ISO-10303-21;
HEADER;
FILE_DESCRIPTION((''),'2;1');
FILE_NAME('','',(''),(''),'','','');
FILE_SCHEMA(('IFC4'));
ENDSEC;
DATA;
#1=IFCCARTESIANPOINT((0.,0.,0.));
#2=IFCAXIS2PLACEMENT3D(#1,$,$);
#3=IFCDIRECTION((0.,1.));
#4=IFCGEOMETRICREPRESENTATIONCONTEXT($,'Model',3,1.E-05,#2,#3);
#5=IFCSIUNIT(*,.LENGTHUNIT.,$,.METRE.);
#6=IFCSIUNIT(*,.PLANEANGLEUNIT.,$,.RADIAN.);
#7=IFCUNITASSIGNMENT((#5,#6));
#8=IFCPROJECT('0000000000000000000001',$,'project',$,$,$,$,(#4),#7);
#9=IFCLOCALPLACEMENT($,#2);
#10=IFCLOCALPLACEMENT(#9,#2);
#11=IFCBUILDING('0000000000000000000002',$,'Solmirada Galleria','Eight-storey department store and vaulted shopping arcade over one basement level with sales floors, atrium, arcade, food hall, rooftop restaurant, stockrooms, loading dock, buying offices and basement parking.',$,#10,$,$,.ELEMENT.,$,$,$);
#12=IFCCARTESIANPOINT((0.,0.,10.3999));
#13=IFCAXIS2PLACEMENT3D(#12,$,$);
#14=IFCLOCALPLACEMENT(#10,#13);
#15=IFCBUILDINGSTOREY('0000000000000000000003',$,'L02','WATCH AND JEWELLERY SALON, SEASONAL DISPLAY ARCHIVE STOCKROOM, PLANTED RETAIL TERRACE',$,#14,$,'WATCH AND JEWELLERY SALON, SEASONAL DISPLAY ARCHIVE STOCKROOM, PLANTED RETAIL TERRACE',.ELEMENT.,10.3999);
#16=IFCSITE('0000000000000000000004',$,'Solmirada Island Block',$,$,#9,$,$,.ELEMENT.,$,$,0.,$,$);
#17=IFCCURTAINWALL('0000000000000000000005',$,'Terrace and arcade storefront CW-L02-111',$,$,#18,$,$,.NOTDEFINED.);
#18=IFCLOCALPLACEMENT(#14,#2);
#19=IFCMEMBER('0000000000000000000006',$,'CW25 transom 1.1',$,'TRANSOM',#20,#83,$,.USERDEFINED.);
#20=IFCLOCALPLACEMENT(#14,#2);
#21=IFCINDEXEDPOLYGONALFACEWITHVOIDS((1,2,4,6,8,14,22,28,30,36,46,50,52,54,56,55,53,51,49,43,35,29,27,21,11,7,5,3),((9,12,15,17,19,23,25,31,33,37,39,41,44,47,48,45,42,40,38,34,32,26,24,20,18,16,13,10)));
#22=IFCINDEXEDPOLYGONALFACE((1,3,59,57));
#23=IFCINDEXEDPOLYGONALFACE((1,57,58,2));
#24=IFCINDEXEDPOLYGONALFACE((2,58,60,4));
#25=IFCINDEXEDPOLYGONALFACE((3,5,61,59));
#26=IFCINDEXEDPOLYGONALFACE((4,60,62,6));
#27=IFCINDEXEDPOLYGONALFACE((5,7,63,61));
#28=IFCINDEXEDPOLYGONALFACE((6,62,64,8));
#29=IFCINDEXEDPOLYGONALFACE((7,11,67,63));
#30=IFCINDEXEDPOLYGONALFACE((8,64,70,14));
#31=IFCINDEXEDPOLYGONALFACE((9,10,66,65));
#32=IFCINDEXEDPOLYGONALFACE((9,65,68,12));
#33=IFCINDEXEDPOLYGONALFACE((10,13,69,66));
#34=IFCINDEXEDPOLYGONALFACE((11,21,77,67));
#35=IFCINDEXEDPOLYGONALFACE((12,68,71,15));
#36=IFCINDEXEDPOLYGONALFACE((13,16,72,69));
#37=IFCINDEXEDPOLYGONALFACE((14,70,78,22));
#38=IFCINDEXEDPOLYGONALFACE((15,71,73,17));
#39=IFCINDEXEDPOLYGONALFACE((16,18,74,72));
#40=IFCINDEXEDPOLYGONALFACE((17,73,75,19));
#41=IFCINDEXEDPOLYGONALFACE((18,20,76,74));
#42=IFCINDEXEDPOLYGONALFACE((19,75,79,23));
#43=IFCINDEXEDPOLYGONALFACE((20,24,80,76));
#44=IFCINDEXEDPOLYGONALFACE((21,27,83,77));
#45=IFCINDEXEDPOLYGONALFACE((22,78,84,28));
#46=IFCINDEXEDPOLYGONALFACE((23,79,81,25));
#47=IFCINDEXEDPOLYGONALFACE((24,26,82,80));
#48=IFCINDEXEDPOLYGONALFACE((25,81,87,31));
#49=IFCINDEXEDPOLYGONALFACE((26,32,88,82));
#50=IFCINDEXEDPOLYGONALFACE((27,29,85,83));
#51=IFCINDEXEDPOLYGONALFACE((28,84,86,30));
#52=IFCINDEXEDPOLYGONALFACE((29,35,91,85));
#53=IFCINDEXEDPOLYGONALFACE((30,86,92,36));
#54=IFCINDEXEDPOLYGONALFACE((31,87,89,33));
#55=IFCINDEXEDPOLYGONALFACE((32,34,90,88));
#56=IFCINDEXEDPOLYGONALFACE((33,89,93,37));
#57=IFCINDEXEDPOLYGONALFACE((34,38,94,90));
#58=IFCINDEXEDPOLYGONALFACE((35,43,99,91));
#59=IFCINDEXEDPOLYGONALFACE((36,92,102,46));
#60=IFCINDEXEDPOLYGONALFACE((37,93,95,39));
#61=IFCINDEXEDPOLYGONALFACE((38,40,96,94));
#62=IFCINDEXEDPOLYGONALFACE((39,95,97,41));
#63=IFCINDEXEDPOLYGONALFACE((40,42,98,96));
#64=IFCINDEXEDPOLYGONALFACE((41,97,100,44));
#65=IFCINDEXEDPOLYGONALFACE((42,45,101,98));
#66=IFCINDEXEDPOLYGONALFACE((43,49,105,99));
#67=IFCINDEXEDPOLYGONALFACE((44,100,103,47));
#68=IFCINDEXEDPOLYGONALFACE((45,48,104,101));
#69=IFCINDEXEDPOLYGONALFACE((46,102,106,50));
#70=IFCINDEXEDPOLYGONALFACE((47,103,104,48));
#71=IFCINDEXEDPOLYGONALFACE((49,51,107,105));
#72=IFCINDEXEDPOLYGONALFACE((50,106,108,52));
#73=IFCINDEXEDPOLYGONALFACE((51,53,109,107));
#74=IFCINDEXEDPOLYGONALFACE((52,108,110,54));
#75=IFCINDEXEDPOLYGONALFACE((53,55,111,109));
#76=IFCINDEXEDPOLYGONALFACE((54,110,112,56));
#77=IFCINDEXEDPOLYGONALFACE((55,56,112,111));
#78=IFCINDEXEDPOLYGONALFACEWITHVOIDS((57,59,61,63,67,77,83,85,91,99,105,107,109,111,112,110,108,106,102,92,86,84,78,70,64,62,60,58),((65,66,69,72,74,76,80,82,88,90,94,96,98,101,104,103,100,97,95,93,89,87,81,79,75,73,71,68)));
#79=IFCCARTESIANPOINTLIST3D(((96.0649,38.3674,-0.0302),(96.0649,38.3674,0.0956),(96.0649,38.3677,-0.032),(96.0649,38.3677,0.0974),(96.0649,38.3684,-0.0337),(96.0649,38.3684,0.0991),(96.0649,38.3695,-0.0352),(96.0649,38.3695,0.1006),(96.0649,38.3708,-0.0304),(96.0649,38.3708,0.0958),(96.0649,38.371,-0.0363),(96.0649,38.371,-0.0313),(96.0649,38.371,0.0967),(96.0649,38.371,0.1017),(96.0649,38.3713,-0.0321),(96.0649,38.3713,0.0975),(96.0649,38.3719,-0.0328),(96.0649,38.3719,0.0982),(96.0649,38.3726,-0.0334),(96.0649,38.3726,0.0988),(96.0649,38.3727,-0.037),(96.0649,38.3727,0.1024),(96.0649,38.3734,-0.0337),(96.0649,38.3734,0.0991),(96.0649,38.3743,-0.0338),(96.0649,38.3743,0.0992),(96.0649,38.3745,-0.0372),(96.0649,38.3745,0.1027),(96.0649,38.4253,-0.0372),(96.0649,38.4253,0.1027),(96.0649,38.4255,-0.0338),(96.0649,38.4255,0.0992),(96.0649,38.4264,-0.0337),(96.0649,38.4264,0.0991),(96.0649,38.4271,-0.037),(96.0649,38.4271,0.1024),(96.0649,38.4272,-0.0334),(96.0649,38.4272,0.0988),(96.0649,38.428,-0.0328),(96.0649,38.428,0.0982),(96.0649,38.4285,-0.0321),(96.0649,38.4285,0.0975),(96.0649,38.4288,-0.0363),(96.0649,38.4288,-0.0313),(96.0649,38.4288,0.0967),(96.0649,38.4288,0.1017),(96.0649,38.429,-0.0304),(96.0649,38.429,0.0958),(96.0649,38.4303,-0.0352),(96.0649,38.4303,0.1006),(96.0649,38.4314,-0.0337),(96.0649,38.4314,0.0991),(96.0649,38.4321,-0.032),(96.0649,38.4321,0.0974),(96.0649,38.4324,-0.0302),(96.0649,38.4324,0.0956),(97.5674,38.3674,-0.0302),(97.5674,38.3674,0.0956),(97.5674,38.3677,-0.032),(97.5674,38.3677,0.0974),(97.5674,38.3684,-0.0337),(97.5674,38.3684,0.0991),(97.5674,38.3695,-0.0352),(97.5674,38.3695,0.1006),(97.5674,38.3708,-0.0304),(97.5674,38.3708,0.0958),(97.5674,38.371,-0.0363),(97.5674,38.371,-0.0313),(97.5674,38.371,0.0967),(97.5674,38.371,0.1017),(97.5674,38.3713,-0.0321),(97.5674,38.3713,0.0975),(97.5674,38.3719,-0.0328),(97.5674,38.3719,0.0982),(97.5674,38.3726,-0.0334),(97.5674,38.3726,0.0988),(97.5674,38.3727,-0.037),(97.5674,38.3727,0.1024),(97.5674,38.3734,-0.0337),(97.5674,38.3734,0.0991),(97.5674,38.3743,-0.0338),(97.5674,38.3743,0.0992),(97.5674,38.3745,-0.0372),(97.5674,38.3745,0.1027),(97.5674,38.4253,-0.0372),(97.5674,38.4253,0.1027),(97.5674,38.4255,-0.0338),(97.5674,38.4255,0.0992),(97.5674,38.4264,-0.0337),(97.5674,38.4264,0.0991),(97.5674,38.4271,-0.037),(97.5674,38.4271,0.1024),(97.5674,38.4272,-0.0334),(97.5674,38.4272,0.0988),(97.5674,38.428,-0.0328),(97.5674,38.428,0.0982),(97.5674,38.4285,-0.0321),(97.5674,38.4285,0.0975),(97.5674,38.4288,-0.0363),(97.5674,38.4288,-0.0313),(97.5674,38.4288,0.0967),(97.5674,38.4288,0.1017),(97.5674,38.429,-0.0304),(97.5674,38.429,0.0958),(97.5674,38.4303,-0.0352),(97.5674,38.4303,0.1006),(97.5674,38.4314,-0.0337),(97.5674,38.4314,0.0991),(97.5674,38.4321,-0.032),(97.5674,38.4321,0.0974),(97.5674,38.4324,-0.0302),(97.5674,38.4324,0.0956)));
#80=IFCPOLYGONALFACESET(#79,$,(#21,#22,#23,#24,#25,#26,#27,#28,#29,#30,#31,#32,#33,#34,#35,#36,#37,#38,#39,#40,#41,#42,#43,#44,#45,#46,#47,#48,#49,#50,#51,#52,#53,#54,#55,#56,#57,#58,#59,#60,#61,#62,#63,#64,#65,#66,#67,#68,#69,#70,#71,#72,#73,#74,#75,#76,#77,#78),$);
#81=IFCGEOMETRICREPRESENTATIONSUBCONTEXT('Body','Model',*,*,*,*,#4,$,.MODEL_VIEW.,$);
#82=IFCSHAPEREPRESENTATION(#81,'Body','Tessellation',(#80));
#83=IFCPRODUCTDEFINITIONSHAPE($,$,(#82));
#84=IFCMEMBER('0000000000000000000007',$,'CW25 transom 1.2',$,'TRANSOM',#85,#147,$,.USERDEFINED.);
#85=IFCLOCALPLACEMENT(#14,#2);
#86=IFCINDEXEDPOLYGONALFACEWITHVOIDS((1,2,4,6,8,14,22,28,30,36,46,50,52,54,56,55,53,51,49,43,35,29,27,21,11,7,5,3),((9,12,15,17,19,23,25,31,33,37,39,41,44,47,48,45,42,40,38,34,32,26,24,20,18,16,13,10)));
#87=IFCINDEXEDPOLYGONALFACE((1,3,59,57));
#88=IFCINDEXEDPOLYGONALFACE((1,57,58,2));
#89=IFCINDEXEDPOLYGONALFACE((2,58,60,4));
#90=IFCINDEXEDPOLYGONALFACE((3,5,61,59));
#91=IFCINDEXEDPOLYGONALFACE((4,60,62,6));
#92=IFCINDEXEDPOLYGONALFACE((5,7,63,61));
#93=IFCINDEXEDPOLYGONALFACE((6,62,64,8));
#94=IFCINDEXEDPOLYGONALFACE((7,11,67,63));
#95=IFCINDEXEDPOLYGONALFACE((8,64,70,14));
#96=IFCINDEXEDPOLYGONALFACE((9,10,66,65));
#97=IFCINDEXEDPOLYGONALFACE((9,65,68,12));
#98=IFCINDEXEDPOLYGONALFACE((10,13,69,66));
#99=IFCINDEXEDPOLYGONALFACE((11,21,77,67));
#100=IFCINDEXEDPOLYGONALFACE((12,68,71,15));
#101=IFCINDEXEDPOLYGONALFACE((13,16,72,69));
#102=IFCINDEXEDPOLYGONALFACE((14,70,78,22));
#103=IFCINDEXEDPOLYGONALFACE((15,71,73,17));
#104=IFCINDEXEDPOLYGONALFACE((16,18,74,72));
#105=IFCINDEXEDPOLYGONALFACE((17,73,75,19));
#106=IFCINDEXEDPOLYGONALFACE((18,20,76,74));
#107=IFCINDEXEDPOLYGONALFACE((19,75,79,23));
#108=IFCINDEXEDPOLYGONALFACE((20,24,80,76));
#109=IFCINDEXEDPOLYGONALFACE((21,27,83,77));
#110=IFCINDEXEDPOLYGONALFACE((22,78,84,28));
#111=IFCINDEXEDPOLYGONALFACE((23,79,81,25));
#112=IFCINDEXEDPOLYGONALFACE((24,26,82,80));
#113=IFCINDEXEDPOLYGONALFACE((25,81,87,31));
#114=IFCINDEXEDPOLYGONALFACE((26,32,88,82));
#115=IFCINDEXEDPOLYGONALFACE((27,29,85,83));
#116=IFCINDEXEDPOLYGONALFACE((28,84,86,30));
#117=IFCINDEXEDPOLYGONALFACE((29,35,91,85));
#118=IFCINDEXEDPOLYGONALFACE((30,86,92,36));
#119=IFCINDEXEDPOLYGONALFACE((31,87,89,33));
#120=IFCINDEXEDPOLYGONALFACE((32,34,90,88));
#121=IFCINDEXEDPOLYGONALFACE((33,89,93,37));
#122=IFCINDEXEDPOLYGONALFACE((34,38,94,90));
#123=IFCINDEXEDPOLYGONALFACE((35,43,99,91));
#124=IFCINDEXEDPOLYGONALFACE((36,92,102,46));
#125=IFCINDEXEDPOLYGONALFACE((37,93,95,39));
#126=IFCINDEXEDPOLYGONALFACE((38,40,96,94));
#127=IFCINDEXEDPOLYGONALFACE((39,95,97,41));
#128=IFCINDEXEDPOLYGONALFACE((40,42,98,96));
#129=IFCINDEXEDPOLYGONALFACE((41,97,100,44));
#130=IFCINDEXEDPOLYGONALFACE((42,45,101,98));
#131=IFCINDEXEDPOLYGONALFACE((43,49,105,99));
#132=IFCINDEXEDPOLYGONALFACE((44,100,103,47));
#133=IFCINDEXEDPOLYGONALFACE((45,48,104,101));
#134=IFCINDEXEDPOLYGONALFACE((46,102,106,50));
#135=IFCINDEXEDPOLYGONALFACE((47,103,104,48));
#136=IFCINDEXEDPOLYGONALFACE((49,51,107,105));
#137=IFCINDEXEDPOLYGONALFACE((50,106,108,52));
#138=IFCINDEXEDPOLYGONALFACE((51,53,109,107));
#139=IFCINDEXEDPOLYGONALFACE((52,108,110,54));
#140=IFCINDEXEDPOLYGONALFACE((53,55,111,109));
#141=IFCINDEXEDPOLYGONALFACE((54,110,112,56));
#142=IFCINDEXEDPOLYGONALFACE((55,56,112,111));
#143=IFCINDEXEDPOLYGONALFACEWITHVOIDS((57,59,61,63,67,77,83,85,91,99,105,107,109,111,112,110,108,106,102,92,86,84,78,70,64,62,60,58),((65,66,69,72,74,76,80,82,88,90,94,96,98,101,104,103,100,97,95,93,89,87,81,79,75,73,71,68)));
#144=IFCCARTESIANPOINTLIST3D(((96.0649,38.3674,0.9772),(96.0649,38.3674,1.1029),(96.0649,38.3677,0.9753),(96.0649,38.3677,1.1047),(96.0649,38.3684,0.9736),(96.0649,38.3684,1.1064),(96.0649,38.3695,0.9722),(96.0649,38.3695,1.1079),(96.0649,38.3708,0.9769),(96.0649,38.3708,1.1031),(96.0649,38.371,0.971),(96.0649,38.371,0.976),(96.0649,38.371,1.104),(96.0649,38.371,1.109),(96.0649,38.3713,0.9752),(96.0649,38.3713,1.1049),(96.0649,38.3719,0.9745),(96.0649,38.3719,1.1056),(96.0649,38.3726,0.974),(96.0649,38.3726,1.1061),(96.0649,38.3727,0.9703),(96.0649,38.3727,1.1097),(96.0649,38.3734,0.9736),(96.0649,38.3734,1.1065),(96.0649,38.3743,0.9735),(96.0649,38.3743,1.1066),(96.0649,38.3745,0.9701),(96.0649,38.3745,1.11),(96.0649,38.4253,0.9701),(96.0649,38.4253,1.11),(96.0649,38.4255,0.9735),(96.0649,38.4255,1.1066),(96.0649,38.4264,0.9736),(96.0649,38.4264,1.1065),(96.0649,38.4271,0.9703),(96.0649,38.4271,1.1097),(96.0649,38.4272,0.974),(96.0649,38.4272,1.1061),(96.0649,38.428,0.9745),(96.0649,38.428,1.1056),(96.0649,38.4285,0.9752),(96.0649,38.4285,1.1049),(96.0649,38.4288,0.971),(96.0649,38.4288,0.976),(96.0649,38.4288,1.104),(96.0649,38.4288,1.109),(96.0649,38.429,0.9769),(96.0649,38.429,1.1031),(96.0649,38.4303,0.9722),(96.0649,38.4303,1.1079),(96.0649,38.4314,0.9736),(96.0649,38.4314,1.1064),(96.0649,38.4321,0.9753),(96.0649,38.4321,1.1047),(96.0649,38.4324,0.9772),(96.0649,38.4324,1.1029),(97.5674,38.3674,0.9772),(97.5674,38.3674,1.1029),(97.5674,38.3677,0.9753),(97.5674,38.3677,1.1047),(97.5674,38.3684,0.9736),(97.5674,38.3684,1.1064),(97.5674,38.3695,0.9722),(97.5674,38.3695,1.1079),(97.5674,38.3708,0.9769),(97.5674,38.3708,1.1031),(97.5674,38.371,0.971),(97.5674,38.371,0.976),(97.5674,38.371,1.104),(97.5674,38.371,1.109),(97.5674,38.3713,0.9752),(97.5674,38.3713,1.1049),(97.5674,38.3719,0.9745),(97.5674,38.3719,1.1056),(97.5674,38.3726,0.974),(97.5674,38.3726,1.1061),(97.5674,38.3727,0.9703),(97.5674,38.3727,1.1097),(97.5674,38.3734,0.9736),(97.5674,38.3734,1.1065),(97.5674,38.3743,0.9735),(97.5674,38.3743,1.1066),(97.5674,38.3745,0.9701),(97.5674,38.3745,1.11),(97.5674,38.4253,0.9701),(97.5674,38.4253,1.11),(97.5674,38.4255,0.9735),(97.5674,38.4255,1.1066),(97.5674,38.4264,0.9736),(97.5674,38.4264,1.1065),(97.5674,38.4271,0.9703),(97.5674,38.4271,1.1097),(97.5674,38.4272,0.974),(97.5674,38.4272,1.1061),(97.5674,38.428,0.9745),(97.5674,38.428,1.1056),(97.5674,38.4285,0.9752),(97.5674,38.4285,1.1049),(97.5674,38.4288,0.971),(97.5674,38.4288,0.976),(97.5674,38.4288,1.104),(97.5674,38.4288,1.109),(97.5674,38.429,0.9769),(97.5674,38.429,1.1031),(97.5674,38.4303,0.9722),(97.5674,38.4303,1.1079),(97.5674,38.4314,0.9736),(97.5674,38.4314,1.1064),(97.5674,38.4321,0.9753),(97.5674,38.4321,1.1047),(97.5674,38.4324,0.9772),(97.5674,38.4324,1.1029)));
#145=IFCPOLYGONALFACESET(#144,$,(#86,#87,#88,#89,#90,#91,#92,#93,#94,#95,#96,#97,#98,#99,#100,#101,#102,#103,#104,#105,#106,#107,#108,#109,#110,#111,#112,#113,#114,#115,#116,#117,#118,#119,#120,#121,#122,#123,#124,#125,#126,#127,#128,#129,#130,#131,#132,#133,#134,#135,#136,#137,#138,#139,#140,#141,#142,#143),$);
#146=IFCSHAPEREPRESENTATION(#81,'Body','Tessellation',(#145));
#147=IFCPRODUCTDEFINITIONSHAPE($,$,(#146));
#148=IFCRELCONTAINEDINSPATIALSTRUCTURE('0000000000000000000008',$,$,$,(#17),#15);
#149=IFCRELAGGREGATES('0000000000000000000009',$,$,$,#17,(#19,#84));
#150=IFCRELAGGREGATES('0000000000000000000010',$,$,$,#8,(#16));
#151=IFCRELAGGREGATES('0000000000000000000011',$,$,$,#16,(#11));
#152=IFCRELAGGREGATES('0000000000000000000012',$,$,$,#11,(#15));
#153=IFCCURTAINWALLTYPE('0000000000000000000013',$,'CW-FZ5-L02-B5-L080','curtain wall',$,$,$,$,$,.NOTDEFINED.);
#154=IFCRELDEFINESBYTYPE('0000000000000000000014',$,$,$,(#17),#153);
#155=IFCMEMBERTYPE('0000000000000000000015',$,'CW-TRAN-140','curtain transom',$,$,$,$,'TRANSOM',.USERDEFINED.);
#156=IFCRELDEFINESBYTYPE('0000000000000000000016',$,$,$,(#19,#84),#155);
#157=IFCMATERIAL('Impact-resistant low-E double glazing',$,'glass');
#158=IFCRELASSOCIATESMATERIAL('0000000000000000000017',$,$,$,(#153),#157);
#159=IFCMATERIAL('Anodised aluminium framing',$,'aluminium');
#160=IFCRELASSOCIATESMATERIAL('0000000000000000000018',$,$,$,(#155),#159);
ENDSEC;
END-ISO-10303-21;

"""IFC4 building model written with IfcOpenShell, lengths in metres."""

from ifc_helpers import new_model, si_unit, direction, frame, origin, origin_2d, place, context, subcontext, project, spatial, hollow_rectangle, extrude, material, material_profile, profile_set, type_object, element, aggregate, save


model = new_model("IFC4")

# Units and contexts
model_context = context("Model", 3, precision=1e-05, world=origin(), true_north=direction((0.0, 1.0)))
body_context = subcontext(model_context, "Body", "Model", "MODEL_VIEW")
ifc_project = project(units=[si_unit("LENGTHUNIT", "METRE"), si_unit("PLANEANGLEUNIT", "RADIAN")], contexts=[model_context])

# Site, building, storey
site_placement = place(None, origin())
site = spatial("IfcSite", under=ifc_project, at=site_placement, Name="Solmirada Island Block", CompositionType="ELEMENT", RefElevation=0.0)
building_placement = place(site_placement, origin())
building = spatial("IfcBuilding", under=site, at=building_placement, Name="Solmirada Galleria", Description="Eight-storey department store and vaulted shopping arcade over one basement level with sales floors, atrium, arcade, food hall, rooftop restaurant, stockrooms, loading dock, buying offices and basement parking.", CompositionType="ELEMENT")
storey_placement = place(building_placement, frame((0.0, 0.0, 10.3999)))
storey = spatial("IfcBuildingStorey", under=building, at=storey_placement, Name="L02", Description="WATCH AND JEWELLERY SALON, SEASONAL DISPLAY ARCHIVE STOCKROOM, PLANTED RETAIL TERRACE", LongName="WATCH AND JEWELLERY SALON, SEASONAL DISPLAY ARCHIVE STOCKROOM, PLANTED RETAIL TERRACE", CompositionType="ELEMENT", Elevation=10.3999)

# Curtain wall, members
ifc_material_1 = material(Name="Impact-resistant low-E double glazing", Category="glass")
curtain_wall_type = type_object("IfcCurtainWallType", Name="CW-FZ5-L02-B5-L080", Description="curtain wall", PredefinedType="NOTDEFINED", material=ifc_material_1)
curtain_wall_placement = place(storey_placement, origin())
curtain_wall = element("IfcCurtainWall", 1, at=curtain_wall_placement, inside=storey, type_object=curtain_wall_type, Name="Terrace and arcade storefront CW-L02-111", PredefinedType="NOTDEFINED")
ifc_material_2 = material(Name="Anodised aluminium framing", Category="aluminium")
ifc_material_profile_1 = material_profile(ifc_material_2, hollow_rectangle(XDim=0.0649, YDim=0.1399, WallThickness=0.0034, InnerFilletRadius=0.0034, OuterFilletRadius=0.0071, at=origin_2d()), Name="ALU-TRAN-140X65")
ifc_profile_set_1 = profile_set([ifc_material_profile_1], Name="Anodised aluminium framing")
member_type_1 = type_object("IfcMemberType", Name="CW-TRAN-140", Description="curtain transom", ElementType="TRANSOM", PredefinedType="USERDEFINED", material=ifc_profile_set_1)
member_1_placement = place(storey_placement, frame((96.0649, 38.3999, 0.0327), z_axis=(1.0, 0.0, 0.0), x_axis=(0.0, 1.0, 0.0)))
member_1 = element("IfcMember", 2, at=member_1_placement, type_object=member_type_1, Name="CW25 transom 1.1", ObjectType="TRANSOM", PredefinedType="USERDEFINED", context=body_context, shape_type="SweptSolid", body=[
    extrude(hollow_rectangle(XDim=0.0649, YDim=0.1399, WallThickness=0.0034, InnerFilletRadius=0.0034, OuterFilletRadius=0.0071, at=origin_2d()), origin(), (0.0, 0.0, 1.0), 1.5024),
])
member_2_placement = place(storey_placement, frame((96.0649, 38.3999, 1.04), z_axis=(1.0, 0.0, 0.0), x_axis=(0.0, 1.0, 0.0)))
member_2 = element("IfcMember", 3, at=member_2_placement, type_object=member_type_1, Name="CW25 transom 1.2", ObjectType="TRANSOM", PredefinedType="USERDEFINED", context=body_context, shape_type="SweptSolid", body=[
    extrude(hollow_rectangle(XDim=0.0649, YDim=0.1399, WallThickness=0.0034, InnerFilletRadius=0.0034, OuterFilletRadius=0.0071, at=origin_2d()), origin(), (0.0, 0.0, 1.0), 1.5024),
])
aggregate(curtain_wall, [member_1, member_2])

save(model, "model.ifc")
